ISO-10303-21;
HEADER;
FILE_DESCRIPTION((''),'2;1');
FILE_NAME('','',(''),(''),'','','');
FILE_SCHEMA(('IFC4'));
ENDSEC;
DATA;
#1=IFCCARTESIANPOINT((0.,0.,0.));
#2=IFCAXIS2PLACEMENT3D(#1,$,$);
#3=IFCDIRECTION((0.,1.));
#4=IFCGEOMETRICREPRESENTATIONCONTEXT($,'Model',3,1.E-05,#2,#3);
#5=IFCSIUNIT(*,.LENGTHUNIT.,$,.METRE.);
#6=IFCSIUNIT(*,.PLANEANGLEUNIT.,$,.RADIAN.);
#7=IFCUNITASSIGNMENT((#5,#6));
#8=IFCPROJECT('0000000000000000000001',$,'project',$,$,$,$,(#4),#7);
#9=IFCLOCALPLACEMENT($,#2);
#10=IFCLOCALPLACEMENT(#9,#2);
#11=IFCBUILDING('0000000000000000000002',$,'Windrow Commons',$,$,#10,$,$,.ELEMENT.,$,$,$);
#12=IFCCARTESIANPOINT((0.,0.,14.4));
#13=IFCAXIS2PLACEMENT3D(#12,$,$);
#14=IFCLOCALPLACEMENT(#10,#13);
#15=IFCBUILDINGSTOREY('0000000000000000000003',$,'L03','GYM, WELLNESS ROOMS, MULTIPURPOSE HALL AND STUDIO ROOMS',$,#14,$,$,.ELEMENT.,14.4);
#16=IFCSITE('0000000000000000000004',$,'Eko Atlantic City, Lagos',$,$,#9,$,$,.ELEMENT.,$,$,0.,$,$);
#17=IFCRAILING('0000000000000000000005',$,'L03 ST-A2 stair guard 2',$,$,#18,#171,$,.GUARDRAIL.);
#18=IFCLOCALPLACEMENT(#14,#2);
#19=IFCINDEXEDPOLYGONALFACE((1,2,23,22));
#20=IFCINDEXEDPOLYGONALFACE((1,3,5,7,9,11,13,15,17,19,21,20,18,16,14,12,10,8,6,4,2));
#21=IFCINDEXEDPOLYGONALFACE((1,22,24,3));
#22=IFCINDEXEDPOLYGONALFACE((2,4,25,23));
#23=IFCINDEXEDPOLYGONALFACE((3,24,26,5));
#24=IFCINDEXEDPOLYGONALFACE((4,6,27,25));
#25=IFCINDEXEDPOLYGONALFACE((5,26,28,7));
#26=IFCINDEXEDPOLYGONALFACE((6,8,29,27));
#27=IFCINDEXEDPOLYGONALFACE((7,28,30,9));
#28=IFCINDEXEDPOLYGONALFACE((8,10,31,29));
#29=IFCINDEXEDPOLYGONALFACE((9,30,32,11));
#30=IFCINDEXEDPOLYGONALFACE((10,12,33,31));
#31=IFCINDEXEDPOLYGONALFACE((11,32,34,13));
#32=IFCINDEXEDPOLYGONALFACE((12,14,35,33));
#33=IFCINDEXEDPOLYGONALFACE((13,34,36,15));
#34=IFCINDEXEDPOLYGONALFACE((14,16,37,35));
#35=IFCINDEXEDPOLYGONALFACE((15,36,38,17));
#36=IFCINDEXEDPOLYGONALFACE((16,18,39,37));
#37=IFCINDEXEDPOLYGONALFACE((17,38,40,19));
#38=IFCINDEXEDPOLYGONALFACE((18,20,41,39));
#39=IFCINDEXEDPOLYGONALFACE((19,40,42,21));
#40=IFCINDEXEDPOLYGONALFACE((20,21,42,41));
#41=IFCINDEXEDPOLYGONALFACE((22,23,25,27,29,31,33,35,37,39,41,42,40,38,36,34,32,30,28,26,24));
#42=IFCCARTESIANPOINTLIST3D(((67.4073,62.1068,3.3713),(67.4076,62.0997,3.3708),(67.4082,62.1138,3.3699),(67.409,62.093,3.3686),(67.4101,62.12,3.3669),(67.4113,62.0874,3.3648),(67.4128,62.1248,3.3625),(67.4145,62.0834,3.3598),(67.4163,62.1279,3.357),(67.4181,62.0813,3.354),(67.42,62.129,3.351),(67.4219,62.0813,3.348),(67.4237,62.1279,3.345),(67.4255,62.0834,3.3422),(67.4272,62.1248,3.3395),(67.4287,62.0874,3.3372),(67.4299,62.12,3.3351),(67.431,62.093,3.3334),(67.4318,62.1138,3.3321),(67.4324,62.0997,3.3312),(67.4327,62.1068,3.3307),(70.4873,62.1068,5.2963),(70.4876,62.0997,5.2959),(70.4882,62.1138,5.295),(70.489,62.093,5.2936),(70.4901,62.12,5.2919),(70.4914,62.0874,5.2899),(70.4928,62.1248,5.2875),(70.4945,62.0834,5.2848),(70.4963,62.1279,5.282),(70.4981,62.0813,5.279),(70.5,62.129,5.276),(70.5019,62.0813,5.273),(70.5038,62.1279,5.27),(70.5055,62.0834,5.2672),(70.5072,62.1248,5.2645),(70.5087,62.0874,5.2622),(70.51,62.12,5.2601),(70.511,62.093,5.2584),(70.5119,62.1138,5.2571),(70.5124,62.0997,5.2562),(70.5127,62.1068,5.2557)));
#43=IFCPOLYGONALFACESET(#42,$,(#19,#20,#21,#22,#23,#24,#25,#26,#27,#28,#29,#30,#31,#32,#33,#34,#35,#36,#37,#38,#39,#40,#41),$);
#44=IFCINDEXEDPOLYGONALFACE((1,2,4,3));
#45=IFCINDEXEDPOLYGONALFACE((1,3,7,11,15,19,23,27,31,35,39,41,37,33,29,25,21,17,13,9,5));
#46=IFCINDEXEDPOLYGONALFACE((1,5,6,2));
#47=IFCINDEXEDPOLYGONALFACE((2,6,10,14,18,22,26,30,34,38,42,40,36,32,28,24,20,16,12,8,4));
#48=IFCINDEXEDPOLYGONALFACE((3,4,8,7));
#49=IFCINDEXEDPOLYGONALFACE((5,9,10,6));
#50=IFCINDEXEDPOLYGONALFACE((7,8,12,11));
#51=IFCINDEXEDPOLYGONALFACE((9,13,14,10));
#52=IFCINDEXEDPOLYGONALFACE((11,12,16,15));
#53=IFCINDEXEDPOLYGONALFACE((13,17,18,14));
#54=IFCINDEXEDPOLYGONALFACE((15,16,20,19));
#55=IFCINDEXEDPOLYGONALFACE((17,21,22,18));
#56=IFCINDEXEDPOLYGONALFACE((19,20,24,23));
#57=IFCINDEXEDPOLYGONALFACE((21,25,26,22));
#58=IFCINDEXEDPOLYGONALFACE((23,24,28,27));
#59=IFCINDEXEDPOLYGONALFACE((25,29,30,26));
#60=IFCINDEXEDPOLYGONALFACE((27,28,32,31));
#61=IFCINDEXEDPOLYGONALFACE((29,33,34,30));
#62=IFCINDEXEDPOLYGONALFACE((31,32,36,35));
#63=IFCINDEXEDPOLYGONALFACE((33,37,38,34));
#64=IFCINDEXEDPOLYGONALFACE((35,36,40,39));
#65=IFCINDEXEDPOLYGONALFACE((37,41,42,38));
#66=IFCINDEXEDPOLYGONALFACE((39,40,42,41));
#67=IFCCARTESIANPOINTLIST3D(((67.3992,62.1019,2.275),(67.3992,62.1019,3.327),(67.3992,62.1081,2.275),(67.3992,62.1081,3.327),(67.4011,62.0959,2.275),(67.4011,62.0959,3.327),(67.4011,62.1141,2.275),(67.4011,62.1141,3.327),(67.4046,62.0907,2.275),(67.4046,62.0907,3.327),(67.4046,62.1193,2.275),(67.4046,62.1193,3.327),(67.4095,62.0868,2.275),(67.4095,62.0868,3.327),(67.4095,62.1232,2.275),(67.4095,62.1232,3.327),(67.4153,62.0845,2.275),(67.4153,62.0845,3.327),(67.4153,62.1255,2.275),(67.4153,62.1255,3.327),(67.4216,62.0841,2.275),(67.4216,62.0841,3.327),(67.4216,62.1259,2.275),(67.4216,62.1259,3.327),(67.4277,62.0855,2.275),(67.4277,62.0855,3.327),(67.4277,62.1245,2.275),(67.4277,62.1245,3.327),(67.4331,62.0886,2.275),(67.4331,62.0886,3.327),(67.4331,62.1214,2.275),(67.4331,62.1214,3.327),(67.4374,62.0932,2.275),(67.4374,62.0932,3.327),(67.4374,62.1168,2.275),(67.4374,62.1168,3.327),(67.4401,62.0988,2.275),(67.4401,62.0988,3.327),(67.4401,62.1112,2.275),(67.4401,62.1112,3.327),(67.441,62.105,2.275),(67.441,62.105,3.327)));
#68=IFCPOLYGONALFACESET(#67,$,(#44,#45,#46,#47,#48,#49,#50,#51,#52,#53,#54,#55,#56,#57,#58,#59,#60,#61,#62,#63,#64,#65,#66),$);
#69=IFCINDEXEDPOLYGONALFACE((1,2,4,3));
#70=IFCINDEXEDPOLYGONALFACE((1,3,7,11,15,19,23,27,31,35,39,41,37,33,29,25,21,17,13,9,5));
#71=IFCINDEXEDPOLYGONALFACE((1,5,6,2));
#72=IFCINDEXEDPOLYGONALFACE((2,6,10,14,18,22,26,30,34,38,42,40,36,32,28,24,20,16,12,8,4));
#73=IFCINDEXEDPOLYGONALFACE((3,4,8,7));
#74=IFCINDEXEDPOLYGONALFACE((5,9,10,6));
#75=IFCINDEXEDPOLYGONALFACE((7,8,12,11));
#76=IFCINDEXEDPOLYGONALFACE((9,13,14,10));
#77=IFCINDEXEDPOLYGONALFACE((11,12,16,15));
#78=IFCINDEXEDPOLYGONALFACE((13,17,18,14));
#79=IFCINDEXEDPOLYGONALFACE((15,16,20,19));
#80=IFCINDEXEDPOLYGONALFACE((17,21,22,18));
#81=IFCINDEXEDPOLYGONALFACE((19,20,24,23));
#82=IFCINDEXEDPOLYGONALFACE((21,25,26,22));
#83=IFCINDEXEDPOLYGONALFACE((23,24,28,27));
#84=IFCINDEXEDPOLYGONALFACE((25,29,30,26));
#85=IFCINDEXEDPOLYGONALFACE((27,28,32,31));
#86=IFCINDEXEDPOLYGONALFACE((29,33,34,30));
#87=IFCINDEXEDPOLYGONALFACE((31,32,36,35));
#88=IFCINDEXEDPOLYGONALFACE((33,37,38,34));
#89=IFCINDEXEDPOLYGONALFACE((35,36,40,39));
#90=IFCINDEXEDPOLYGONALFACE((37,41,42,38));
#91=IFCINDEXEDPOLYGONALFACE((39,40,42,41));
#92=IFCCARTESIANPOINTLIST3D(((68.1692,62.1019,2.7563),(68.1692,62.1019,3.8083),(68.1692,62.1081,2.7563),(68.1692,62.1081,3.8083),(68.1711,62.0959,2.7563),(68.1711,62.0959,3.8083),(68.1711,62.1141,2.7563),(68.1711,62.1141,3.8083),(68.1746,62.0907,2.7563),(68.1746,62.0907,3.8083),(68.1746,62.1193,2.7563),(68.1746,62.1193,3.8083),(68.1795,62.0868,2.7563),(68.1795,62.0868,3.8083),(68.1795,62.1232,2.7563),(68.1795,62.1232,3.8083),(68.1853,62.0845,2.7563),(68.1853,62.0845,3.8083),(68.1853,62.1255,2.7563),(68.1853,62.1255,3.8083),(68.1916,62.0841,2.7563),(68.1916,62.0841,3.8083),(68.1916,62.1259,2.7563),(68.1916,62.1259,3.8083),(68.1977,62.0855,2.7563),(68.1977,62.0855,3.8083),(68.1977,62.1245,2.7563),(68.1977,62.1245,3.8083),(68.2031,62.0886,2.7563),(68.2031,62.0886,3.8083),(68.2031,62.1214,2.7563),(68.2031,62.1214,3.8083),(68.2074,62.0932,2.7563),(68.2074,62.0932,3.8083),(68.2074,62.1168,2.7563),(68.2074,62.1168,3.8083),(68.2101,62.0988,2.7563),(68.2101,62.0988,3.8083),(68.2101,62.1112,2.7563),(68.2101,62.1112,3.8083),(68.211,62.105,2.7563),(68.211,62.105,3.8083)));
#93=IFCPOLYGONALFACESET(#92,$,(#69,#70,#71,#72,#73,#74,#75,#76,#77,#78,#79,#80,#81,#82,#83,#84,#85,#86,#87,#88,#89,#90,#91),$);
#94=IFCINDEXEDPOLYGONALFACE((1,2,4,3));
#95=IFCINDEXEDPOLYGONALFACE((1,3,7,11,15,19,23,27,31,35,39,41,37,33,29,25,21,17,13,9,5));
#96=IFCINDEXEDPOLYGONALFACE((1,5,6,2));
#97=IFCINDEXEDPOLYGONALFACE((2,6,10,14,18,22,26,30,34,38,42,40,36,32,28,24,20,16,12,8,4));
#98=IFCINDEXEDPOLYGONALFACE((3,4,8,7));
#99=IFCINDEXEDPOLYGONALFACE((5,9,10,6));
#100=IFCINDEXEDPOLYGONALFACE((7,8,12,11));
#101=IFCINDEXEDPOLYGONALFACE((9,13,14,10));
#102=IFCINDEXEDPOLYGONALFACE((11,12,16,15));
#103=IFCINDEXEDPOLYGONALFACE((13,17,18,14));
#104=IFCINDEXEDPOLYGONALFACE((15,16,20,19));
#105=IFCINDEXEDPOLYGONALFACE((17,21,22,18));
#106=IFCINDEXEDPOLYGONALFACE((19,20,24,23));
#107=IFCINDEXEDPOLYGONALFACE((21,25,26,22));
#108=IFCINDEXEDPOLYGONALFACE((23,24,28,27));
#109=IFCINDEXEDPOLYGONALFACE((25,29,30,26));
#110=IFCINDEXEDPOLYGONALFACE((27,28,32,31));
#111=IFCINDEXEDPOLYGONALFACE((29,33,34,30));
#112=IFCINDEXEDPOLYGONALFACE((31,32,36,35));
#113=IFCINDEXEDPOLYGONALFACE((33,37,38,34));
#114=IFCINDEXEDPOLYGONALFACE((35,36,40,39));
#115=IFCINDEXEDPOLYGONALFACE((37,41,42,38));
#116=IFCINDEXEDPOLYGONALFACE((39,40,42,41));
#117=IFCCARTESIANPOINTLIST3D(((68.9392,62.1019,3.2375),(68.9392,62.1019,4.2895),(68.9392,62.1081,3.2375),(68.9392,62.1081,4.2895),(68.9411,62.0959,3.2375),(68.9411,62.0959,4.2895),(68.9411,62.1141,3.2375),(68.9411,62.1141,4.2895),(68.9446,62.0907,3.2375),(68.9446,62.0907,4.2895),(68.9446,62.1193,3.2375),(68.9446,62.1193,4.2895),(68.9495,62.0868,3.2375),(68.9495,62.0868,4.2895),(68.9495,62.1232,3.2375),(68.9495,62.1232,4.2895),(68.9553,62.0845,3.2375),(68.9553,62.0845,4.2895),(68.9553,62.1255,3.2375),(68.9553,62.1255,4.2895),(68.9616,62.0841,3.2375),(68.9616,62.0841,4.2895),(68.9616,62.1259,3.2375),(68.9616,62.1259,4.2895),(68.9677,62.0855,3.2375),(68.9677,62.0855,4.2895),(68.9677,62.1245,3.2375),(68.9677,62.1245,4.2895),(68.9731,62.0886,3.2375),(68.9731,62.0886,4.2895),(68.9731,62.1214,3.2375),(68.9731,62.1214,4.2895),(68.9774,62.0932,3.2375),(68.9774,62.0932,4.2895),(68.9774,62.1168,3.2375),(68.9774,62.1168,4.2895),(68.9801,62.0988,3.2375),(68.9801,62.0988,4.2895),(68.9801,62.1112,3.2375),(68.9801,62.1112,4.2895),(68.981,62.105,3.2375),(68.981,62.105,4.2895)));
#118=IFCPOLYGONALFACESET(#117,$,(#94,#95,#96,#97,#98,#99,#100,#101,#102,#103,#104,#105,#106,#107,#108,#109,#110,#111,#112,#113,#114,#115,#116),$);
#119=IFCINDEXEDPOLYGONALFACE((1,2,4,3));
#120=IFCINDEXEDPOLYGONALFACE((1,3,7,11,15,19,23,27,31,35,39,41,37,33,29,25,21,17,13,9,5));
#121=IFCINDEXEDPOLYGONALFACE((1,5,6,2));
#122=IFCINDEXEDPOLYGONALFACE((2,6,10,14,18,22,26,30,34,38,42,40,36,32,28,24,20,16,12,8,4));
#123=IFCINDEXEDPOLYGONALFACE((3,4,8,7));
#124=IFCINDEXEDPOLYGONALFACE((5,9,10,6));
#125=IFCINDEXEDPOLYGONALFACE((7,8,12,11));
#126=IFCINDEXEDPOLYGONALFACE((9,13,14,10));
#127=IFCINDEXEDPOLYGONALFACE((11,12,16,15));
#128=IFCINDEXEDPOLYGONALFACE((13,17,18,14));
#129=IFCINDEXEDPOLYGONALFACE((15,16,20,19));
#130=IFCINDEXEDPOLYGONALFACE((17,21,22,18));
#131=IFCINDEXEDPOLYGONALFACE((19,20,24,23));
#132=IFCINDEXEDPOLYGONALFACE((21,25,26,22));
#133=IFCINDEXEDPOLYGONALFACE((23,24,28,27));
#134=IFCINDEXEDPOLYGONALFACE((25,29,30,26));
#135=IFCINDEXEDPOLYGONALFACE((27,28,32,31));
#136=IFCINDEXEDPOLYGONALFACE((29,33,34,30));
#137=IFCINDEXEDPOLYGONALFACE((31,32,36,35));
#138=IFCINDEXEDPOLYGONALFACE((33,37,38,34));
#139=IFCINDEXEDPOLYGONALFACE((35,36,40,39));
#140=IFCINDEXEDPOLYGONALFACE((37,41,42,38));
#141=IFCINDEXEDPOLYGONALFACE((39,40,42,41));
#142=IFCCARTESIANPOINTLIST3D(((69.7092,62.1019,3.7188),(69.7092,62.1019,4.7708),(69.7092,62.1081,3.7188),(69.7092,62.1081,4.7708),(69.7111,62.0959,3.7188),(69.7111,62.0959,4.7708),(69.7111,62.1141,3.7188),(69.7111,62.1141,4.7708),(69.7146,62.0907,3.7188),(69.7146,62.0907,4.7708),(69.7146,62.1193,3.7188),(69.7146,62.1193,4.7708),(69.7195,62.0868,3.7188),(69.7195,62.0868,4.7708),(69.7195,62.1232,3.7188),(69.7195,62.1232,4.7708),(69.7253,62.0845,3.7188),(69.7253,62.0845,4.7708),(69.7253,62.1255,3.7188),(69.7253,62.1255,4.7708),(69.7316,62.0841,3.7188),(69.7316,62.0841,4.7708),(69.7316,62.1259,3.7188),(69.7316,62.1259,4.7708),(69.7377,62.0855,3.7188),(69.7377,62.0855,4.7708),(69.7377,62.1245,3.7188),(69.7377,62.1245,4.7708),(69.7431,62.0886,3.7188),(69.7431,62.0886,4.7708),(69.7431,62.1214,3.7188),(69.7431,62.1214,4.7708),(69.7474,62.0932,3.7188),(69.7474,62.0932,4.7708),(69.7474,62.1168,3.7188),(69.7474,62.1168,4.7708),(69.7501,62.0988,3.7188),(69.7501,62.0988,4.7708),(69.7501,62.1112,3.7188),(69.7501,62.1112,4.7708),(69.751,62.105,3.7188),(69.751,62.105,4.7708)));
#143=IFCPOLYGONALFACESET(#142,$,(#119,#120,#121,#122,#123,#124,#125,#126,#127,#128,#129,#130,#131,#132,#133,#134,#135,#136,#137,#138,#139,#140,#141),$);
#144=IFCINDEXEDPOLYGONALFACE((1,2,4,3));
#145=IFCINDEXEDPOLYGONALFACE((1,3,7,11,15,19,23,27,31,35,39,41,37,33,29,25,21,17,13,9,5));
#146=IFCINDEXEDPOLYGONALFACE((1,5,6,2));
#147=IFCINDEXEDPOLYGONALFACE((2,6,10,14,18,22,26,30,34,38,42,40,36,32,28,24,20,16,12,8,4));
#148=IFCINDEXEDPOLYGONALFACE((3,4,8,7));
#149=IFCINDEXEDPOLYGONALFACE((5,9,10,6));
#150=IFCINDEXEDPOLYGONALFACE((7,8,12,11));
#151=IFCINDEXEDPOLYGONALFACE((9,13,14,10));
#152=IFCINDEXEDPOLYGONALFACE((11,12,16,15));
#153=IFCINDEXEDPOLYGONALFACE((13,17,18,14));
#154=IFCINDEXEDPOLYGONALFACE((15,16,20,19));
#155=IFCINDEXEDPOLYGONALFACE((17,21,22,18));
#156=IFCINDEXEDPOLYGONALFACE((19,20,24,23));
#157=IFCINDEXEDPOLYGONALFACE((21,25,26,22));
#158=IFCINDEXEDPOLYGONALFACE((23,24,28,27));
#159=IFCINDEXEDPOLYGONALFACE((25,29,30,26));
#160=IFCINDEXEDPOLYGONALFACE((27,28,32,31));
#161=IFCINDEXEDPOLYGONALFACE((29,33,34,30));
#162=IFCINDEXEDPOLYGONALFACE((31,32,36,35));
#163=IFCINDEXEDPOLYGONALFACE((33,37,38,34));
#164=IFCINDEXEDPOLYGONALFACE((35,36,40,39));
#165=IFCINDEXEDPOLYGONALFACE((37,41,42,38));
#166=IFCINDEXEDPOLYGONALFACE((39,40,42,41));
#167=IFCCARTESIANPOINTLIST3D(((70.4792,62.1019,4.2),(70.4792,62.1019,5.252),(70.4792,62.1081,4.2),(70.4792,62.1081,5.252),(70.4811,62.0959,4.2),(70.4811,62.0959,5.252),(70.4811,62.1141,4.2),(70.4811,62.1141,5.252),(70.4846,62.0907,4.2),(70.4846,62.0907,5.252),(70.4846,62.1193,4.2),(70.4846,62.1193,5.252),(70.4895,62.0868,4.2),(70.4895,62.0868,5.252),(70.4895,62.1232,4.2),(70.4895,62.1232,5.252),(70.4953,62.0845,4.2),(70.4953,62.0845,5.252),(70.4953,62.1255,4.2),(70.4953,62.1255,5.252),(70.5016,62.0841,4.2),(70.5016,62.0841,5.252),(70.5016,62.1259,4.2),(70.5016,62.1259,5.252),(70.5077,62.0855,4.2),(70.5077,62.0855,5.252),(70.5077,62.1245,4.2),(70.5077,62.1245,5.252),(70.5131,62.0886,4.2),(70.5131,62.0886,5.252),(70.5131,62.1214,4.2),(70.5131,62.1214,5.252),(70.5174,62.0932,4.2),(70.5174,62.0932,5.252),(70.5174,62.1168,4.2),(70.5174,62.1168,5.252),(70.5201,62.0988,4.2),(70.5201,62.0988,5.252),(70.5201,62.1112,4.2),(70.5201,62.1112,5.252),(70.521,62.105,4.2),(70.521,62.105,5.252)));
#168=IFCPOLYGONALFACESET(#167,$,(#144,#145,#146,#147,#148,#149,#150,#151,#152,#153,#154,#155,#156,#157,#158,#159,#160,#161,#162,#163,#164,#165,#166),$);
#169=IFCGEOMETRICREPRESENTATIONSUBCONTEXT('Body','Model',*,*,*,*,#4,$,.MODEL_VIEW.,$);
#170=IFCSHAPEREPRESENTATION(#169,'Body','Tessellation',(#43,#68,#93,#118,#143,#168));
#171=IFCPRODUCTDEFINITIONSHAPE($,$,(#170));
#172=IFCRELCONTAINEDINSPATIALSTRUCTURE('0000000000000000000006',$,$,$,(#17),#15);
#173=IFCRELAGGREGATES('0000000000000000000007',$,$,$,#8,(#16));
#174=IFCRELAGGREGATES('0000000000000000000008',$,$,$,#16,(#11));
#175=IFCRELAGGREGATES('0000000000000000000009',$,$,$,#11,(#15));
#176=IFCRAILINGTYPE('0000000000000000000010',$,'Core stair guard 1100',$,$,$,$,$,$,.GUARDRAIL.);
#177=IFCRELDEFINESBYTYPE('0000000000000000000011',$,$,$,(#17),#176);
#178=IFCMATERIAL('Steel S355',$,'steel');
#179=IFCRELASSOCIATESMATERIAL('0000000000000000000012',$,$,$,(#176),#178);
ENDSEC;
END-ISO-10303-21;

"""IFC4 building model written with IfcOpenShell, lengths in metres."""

from ifc_helpers import new_model, si_unit, direction, frame, origin, origin_2d, place, context, subcontext, project, spatial, circle, extrude, material, type_object, element, save


model = new_model("IFC4")

# Units and contexts
model_context = context("Model", 3, precision=1e-05, world=origin(), true_north=direction((0.0, 1.0)))
body_context = subcontext(model_context, "Body", "Model", "MODEL_VIEW")
ifc_project = project(units=[si_unit("LENGTHUNIT", "METRE"), si_unit("PLANEANGLEUNIT", "RADIAN")], contexts=[model_context])

# Site, building, storey
site_placement = place(None, origin())
site = spatial("IfcSite", under=ifc_project, at=site_placement, Name="Eko Atlantic City, Lagos", CompositionType="ELEMENT", RefElevation=0.0)
building_placement = place(site_placement, origin())
building = spatial("IfcBuilding", under=site, at=building_placement, Name="Windrow Commons", CompositionType="ELEMENT")
storey_placement = place(building_placement, frame((0.0, 0.0, 14.4)))
storey = spatial("IfcBuildingStorey", under=building, at=storey_placement, Name="L03", Description="GYM, WELLNESS ROOMS, MULTIPURPOSE HALL AND STUDIO ROOMS", CompositionType="ELEMENT", Elevation=14.4)

# Railing
ifc_material_1 = material(Name="Steel S355", Category="steel")
railing_type_1 = type_object("IfcRailingType", Name="Core stair guard 1100", PredefinedType="GUARDRAIL", material=ifc_material_1)
railing_1_placement = place(storey_placement, frame((67.42, 62.105, 2.275)))
element("IfcRailing", 1, at=railing_1_placement, inside=storey, type_object=railing_type_1, Name="L03 ST-A2 stair guard 2", PredefinedType="GUARDRAIL", context=body_context, shape_type="SweptSolid", body=[
    extrude(circle(Radius=0.024, at=origin_2d()), frame((0.0, 0.0, 1.076), z_axis=(0.847998, 0.0, 0.529999), x_axis=(0.0, 1.0, 0.0)), (0.0, 0.0, 1.0), 3.6321),
    extrude(circle(Radius=0.021, at=origin_2d()), origin(), (0.0, 0.0, 1.0), 1.052),
    extrude(circle(Radius=0.021, at=origin_2d()), frame((0.77, 0.0, 0.4813)), (0.0, 0.0, 1.0), 1.052),
    extrude(circle(Radius=0.021, at=origin_2d()), frame((1.54, 0.0, 0.9625)), (0.0, 0.0, 1.0), 1.052),
    extrude(circle(Radius=0.021, at=origin_2d()), frame((2.31, 0.0, 1.4438)), (0.0, 0.0, 1.0), 1.052),
    extrude(circle(Radius=0.021, at=origin_2d()), frame((3.08, 0.0, 1.925)), (0.0, 0.0, 1.0), 1.052),
])

save(model, "model.ifc")
